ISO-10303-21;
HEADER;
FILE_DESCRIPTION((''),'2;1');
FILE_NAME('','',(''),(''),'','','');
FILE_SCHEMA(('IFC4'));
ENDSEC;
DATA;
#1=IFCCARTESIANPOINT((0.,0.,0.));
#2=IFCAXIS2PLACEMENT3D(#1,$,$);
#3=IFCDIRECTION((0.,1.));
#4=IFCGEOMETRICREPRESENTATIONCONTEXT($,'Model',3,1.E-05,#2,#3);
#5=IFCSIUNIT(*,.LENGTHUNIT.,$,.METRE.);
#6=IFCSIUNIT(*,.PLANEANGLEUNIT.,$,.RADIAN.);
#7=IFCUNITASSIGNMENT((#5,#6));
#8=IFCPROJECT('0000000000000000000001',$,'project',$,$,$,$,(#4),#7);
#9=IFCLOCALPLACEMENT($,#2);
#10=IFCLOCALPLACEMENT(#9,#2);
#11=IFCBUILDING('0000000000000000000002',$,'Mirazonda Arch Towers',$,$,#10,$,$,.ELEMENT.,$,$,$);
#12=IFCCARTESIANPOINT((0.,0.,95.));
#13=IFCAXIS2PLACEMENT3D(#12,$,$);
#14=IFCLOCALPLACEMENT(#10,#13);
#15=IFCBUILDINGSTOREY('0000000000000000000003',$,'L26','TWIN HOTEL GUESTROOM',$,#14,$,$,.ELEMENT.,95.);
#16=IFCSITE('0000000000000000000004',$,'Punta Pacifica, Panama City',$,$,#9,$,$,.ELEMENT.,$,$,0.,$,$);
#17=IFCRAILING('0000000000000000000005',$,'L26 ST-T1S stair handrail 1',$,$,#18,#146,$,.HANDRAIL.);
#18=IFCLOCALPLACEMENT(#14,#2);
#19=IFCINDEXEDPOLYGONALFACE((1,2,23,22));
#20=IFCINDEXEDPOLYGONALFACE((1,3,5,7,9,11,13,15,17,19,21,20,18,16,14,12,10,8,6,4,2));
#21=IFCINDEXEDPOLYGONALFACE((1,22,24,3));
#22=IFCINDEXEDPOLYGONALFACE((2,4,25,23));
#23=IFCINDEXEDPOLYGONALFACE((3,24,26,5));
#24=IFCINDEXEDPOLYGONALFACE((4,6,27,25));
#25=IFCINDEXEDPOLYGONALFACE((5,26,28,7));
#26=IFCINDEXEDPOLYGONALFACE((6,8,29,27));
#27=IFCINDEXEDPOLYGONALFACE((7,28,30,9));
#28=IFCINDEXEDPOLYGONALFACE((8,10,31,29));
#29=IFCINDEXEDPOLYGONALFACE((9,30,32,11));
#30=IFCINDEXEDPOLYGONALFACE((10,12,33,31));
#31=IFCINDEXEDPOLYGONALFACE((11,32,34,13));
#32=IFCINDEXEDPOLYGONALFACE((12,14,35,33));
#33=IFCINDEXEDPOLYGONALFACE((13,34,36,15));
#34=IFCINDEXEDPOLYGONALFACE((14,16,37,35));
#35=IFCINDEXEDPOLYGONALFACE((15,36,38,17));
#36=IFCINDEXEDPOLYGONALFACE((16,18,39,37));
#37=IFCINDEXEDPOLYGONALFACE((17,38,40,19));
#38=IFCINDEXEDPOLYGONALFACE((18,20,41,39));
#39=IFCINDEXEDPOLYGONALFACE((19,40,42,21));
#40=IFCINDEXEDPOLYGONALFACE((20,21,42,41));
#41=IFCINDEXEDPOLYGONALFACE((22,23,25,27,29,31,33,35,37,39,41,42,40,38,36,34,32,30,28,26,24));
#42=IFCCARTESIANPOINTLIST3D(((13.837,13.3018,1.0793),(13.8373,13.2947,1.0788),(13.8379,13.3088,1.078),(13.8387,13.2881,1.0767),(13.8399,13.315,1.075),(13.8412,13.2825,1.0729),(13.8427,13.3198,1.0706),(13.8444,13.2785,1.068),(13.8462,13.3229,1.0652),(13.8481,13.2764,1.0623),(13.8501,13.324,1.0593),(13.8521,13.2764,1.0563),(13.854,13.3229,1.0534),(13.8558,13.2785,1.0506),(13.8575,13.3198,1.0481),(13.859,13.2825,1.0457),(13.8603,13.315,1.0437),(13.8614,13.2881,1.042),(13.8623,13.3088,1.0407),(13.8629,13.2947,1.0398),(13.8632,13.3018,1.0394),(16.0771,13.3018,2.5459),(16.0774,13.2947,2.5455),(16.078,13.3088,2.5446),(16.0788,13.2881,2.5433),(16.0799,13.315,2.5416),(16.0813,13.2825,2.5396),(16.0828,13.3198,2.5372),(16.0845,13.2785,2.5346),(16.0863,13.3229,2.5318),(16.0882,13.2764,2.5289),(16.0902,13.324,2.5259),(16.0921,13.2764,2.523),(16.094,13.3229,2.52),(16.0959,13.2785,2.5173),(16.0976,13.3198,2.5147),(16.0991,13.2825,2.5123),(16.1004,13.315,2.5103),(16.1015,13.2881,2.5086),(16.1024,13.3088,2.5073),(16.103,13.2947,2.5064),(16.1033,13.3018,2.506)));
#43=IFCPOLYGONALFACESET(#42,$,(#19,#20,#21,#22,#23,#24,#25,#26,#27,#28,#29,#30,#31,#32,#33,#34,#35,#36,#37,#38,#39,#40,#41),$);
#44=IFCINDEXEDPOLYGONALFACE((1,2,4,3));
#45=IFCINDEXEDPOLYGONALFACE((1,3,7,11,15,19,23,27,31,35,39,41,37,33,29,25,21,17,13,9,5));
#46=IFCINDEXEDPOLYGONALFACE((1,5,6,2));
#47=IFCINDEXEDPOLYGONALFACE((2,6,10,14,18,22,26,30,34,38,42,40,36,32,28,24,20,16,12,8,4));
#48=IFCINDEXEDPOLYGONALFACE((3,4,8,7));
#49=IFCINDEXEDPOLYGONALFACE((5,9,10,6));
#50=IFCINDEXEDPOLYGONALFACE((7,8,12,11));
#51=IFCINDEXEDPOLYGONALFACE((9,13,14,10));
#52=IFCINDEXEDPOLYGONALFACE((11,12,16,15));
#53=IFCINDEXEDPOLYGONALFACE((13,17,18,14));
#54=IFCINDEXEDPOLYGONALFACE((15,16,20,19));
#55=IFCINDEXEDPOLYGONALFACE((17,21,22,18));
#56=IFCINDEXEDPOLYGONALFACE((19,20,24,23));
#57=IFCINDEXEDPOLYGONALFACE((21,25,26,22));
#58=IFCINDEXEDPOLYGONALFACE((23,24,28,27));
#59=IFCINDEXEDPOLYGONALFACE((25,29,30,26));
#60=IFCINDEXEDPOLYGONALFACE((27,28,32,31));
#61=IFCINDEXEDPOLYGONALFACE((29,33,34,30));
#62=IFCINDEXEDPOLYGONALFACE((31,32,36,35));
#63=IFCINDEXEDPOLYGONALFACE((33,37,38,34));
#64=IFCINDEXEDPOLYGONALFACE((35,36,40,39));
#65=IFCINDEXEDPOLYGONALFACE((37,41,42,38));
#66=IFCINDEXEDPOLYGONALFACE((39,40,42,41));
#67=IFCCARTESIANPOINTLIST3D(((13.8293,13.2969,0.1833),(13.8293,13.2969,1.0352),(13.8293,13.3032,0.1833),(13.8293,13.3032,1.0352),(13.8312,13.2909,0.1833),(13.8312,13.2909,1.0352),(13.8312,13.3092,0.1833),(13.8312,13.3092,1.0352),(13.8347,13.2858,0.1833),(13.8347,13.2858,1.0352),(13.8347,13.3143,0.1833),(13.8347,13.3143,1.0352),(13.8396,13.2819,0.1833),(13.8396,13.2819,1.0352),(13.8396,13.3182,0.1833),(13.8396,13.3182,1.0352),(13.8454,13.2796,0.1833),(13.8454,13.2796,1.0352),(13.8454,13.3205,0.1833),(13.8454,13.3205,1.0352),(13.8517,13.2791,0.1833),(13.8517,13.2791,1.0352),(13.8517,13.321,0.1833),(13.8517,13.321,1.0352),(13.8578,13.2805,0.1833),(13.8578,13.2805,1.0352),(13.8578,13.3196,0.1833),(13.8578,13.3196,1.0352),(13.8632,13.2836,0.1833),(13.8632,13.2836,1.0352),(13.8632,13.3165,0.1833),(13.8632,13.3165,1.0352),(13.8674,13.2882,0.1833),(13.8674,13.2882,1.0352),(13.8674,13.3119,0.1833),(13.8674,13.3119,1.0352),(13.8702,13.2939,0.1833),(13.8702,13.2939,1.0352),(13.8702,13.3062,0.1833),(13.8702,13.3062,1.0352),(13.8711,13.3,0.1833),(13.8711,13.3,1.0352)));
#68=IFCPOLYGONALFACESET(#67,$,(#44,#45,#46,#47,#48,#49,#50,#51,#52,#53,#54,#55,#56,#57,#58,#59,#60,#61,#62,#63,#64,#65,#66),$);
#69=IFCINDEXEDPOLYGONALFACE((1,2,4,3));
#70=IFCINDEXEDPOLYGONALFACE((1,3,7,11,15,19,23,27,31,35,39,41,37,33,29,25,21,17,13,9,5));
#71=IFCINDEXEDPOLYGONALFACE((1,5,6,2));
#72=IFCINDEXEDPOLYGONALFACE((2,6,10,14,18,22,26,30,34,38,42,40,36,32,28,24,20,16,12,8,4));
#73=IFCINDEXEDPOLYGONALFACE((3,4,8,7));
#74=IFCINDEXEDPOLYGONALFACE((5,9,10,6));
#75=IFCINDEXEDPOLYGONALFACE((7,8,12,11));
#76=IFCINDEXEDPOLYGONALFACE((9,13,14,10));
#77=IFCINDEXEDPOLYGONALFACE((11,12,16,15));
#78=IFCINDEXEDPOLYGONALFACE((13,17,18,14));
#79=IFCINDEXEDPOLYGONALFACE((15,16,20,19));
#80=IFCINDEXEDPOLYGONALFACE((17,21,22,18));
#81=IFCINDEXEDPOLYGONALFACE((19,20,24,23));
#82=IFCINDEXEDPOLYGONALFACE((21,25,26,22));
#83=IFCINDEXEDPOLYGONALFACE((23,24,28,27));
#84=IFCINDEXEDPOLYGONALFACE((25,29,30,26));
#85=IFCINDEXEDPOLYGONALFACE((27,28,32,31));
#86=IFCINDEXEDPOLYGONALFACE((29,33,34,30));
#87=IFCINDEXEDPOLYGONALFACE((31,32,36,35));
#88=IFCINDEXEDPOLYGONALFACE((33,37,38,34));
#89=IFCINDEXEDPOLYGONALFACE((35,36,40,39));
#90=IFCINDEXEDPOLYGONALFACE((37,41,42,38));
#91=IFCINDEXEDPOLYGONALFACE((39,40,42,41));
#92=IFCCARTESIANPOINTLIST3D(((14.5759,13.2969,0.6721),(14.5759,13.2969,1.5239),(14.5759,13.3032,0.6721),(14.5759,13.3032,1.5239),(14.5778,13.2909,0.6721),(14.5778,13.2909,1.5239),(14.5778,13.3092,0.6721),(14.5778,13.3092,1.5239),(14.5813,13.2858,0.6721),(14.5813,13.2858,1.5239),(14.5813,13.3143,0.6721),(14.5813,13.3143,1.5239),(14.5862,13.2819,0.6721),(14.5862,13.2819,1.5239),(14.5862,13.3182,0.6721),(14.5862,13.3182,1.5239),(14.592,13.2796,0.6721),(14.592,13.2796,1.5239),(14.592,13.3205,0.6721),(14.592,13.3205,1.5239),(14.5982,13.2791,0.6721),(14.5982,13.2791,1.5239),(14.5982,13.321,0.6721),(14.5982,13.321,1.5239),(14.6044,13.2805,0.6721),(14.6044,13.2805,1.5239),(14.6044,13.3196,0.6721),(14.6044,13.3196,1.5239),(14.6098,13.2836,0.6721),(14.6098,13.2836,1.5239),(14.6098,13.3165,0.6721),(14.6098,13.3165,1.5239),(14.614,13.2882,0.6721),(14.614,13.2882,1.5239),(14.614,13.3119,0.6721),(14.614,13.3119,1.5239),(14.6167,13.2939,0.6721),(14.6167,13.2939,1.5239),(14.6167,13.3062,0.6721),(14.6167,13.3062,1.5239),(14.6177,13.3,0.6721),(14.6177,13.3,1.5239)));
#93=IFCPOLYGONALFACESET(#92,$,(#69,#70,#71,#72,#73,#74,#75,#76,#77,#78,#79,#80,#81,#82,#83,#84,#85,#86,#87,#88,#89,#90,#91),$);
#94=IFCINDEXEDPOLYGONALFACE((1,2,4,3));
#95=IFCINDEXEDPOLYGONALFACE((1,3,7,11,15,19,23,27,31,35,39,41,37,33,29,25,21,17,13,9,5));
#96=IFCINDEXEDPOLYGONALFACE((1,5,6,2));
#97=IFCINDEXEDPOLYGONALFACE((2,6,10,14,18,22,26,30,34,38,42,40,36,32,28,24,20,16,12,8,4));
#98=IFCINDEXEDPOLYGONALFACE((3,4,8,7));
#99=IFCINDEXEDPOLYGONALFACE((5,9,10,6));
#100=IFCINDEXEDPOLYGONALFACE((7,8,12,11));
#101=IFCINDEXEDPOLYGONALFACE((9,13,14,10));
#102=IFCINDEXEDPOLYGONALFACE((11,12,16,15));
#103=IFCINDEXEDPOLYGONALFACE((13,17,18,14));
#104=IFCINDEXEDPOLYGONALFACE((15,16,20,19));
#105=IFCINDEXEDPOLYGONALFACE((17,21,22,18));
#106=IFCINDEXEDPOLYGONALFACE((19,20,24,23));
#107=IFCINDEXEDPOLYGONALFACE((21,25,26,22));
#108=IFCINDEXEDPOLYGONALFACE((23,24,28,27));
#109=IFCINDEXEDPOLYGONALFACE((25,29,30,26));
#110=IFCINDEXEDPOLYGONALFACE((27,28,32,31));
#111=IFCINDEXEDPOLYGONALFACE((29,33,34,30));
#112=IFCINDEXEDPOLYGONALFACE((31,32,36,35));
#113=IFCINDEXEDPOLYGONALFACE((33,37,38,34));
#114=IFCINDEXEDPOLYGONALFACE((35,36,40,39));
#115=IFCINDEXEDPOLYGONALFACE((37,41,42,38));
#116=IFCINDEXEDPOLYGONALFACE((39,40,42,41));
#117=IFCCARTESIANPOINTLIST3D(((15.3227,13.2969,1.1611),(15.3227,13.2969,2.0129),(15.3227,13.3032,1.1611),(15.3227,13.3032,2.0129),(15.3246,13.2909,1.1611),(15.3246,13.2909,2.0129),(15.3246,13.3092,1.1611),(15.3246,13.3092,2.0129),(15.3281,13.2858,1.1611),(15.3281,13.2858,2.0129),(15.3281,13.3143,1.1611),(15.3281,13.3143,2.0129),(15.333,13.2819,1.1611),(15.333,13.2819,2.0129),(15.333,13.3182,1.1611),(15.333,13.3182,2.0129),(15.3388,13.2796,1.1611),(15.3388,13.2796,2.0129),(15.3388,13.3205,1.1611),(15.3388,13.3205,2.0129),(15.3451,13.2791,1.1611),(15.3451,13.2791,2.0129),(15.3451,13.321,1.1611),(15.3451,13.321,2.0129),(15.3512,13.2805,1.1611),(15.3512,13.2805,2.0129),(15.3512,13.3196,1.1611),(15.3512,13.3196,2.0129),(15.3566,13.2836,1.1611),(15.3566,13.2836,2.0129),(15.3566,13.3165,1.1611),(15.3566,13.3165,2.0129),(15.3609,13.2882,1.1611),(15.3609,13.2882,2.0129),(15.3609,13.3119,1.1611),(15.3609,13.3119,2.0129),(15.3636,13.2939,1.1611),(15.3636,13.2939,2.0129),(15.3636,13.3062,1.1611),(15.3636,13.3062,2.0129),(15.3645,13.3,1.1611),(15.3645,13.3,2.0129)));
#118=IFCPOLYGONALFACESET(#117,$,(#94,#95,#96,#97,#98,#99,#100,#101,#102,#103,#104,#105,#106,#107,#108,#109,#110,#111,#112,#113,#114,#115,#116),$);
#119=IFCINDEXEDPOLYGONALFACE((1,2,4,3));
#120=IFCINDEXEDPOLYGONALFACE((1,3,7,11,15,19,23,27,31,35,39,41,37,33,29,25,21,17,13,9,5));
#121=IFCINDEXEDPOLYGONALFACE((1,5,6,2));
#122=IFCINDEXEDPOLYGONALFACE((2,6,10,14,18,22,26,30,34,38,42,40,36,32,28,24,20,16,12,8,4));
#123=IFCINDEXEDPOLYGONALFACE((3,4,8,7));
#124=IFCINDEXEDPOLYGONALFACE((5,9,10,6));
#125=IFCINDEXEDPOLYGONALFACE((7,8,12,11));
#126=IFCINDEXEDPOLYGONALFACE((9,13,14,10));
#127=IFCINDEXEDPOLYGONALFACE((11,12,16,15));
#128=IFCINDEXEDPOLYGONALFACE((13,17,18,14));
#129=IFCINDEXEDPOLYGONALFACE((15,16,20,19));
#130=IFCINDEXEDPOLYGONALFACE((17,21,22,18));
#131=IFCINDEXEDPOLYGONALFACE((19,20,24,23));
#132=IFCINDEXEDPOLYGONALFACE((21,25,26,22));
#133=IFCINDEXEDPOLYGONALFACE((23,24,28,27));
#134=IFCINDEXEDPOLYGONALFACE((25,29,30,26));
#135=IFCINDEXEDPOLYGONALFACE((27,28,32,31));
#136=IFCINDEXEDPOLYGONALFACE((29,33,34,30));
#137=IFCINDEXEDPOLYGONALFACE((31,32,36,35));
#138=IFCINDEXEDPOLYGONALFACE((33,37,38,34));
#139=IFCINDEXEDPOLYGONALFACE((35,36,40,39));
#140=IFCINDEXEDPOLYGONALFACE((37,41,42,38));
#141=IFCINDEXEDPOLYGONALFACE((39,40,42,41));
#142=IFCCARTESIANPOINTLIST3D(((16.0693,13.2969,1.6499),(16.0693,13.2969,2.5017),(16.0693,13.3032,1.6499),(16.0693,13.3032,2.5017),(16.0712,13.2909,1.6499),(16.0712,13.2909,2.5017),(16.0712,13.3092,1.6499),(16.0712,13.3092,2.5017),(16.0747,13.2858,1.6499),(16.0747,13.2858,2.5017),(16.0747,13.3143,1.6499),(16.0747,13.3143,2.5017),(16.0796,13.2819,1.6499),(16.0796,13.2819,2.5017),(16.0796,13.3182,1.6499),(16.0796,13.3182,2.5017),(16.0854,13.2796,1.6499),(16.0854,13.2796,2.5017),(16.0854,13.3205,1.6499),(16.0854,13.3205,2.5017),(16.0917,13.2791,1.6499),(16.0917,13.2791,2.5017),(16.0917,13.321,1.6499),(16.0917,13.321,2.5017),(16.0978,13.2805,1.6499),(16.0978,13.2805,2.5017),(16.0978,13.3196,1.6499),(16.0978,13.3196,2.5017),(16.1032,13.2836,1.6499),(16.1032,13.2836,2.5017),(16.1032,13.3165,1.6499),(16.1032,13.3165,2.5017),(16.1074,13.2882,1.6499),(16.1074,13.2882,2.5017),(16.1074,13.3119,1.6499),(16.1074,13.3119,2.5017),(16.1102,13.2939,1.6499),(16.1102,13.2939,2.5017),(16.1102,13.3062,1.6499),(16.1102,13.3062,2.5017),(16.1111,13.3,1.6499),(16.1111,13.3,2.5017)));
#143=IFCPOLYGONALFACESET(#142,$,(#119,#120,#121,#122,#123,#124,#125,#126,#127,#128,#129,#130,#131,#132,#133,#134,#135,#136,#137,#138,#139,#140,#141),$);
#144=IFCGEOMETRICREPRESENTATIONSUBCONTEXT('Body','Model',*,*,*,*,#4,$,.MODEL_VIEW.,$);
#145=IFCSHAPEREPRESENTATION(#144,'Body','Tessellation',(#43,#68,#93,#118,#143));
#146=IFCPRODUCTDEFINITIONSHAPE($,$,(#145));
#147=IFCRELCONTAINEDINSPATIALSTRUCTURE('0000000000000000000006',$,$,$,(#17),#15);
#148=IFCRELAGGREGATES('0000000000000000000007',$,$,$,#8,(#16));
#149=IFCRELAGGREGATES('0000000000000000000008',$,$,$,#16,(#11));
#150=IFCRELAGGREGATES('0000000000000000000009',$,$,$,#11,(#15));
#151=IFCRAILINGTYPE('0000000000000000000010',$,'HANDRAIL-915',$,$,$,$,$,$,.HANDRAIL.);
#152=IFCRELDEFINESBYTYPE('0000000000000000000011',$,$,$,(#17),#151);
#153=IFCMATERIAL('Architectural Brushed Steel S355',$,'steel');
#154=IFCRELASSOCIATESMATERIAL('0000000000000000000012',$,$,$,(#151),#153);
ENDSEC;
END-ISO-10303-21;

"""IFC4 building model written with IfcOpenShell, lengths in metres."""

from ifc_helpers import new_model, si_unit, direction, frame, origin, origin_2d, place, context, subcontext, project, spatial, circle, extrude, material, type_object, element, save


model = new_model("IFC4")

# Units and contexts
model_context = context("Model", 3, precision=1e-05, world=origin(), true_north=direction((0.0, 1.0)))
body_context = subcontext(model_context, "Body", "Model", "MODEL_VIEW")
ifc_project = project(units=[si_unit("LENGTHUNIT", "METRE"), si_unit("PLANEANGLEUNIT", "RADIAN")], contexts=[model_context])

# Site, building, storey
site_placement = place(None, origin())
site = spatial("IfcSite", under=ifc_project, at=site_placement, Name="Punta Pacifica, Panama City", CompositionType="ELEMENT", RefElevation=0.0)
building_placement = place(site_placement, origin())
building = spatial("IfcBuilding", under=site, at=building_placement, Name="Mirazonda Arch Towers", CompositionType="ELEMENT")
storey_placement = place(building_placement, frame((0.0, 0.0, 95.0)))
storey = spatial("IfcBuildingStorey", under=building, at=storey_placement, Name="L26", Description="TWIN HOTEL GUESTROOM", CompositionType="ELEMENT", Elevation=95.0)

# Railing
ifc_material_1 = material(Name="Architectural Brushed Steel S355", Category="steel")
railing_type_1 = type_object("IfcRailingType", Name="HANDRAIL-915", PredefinedType="HANDRAIL", material=ifc_material_1)
railing_1_placement = place(storey_placement, frame((13.8501, 13.3, 0.1833)))
element("IfcRailing", 1, at=railing_1_placement, inside=storey, type_object=railing_type_1, Name="L26 ST-T1S stair handrail 1", PredefinedType="HANDRAIL", context=body_context, shape_type="SweptSolid", body=[
    extrude(circle(Radius=0.0239, at=origin_2d()), frame((0.0, 0.0, 0.876), z_axis=(0.836637, 0.0, 0.547758), x_axis=(0.0, 1.0, 0.0)), (0.0, 0.0, 1.0), 2.6775),
    extrude(circle(Radius=0.021, at=origin_2d()), origin(), (0.0, 0.0, 1.0), 0.8518),
    extrude(circle(Radius=0.021, at=origin_2d()), frame((0.7466, 0.0, 0.4888)), (0.0, 0.0, 1.0), 0.8518),
    extrude(circle(Radius=0.021, at=origin_2d()), frame((1.4934, 0.0, 0.9778)), (0.0, 0.0, 1.0), 0.8518),
    extrude(circle(Radius=0.021, at=origin_2d()), frame((2.24, 0.0, 1.4666)), (0.0, 0.0, 1.0), 0.8518),
])

save(model, "model.ifc")
